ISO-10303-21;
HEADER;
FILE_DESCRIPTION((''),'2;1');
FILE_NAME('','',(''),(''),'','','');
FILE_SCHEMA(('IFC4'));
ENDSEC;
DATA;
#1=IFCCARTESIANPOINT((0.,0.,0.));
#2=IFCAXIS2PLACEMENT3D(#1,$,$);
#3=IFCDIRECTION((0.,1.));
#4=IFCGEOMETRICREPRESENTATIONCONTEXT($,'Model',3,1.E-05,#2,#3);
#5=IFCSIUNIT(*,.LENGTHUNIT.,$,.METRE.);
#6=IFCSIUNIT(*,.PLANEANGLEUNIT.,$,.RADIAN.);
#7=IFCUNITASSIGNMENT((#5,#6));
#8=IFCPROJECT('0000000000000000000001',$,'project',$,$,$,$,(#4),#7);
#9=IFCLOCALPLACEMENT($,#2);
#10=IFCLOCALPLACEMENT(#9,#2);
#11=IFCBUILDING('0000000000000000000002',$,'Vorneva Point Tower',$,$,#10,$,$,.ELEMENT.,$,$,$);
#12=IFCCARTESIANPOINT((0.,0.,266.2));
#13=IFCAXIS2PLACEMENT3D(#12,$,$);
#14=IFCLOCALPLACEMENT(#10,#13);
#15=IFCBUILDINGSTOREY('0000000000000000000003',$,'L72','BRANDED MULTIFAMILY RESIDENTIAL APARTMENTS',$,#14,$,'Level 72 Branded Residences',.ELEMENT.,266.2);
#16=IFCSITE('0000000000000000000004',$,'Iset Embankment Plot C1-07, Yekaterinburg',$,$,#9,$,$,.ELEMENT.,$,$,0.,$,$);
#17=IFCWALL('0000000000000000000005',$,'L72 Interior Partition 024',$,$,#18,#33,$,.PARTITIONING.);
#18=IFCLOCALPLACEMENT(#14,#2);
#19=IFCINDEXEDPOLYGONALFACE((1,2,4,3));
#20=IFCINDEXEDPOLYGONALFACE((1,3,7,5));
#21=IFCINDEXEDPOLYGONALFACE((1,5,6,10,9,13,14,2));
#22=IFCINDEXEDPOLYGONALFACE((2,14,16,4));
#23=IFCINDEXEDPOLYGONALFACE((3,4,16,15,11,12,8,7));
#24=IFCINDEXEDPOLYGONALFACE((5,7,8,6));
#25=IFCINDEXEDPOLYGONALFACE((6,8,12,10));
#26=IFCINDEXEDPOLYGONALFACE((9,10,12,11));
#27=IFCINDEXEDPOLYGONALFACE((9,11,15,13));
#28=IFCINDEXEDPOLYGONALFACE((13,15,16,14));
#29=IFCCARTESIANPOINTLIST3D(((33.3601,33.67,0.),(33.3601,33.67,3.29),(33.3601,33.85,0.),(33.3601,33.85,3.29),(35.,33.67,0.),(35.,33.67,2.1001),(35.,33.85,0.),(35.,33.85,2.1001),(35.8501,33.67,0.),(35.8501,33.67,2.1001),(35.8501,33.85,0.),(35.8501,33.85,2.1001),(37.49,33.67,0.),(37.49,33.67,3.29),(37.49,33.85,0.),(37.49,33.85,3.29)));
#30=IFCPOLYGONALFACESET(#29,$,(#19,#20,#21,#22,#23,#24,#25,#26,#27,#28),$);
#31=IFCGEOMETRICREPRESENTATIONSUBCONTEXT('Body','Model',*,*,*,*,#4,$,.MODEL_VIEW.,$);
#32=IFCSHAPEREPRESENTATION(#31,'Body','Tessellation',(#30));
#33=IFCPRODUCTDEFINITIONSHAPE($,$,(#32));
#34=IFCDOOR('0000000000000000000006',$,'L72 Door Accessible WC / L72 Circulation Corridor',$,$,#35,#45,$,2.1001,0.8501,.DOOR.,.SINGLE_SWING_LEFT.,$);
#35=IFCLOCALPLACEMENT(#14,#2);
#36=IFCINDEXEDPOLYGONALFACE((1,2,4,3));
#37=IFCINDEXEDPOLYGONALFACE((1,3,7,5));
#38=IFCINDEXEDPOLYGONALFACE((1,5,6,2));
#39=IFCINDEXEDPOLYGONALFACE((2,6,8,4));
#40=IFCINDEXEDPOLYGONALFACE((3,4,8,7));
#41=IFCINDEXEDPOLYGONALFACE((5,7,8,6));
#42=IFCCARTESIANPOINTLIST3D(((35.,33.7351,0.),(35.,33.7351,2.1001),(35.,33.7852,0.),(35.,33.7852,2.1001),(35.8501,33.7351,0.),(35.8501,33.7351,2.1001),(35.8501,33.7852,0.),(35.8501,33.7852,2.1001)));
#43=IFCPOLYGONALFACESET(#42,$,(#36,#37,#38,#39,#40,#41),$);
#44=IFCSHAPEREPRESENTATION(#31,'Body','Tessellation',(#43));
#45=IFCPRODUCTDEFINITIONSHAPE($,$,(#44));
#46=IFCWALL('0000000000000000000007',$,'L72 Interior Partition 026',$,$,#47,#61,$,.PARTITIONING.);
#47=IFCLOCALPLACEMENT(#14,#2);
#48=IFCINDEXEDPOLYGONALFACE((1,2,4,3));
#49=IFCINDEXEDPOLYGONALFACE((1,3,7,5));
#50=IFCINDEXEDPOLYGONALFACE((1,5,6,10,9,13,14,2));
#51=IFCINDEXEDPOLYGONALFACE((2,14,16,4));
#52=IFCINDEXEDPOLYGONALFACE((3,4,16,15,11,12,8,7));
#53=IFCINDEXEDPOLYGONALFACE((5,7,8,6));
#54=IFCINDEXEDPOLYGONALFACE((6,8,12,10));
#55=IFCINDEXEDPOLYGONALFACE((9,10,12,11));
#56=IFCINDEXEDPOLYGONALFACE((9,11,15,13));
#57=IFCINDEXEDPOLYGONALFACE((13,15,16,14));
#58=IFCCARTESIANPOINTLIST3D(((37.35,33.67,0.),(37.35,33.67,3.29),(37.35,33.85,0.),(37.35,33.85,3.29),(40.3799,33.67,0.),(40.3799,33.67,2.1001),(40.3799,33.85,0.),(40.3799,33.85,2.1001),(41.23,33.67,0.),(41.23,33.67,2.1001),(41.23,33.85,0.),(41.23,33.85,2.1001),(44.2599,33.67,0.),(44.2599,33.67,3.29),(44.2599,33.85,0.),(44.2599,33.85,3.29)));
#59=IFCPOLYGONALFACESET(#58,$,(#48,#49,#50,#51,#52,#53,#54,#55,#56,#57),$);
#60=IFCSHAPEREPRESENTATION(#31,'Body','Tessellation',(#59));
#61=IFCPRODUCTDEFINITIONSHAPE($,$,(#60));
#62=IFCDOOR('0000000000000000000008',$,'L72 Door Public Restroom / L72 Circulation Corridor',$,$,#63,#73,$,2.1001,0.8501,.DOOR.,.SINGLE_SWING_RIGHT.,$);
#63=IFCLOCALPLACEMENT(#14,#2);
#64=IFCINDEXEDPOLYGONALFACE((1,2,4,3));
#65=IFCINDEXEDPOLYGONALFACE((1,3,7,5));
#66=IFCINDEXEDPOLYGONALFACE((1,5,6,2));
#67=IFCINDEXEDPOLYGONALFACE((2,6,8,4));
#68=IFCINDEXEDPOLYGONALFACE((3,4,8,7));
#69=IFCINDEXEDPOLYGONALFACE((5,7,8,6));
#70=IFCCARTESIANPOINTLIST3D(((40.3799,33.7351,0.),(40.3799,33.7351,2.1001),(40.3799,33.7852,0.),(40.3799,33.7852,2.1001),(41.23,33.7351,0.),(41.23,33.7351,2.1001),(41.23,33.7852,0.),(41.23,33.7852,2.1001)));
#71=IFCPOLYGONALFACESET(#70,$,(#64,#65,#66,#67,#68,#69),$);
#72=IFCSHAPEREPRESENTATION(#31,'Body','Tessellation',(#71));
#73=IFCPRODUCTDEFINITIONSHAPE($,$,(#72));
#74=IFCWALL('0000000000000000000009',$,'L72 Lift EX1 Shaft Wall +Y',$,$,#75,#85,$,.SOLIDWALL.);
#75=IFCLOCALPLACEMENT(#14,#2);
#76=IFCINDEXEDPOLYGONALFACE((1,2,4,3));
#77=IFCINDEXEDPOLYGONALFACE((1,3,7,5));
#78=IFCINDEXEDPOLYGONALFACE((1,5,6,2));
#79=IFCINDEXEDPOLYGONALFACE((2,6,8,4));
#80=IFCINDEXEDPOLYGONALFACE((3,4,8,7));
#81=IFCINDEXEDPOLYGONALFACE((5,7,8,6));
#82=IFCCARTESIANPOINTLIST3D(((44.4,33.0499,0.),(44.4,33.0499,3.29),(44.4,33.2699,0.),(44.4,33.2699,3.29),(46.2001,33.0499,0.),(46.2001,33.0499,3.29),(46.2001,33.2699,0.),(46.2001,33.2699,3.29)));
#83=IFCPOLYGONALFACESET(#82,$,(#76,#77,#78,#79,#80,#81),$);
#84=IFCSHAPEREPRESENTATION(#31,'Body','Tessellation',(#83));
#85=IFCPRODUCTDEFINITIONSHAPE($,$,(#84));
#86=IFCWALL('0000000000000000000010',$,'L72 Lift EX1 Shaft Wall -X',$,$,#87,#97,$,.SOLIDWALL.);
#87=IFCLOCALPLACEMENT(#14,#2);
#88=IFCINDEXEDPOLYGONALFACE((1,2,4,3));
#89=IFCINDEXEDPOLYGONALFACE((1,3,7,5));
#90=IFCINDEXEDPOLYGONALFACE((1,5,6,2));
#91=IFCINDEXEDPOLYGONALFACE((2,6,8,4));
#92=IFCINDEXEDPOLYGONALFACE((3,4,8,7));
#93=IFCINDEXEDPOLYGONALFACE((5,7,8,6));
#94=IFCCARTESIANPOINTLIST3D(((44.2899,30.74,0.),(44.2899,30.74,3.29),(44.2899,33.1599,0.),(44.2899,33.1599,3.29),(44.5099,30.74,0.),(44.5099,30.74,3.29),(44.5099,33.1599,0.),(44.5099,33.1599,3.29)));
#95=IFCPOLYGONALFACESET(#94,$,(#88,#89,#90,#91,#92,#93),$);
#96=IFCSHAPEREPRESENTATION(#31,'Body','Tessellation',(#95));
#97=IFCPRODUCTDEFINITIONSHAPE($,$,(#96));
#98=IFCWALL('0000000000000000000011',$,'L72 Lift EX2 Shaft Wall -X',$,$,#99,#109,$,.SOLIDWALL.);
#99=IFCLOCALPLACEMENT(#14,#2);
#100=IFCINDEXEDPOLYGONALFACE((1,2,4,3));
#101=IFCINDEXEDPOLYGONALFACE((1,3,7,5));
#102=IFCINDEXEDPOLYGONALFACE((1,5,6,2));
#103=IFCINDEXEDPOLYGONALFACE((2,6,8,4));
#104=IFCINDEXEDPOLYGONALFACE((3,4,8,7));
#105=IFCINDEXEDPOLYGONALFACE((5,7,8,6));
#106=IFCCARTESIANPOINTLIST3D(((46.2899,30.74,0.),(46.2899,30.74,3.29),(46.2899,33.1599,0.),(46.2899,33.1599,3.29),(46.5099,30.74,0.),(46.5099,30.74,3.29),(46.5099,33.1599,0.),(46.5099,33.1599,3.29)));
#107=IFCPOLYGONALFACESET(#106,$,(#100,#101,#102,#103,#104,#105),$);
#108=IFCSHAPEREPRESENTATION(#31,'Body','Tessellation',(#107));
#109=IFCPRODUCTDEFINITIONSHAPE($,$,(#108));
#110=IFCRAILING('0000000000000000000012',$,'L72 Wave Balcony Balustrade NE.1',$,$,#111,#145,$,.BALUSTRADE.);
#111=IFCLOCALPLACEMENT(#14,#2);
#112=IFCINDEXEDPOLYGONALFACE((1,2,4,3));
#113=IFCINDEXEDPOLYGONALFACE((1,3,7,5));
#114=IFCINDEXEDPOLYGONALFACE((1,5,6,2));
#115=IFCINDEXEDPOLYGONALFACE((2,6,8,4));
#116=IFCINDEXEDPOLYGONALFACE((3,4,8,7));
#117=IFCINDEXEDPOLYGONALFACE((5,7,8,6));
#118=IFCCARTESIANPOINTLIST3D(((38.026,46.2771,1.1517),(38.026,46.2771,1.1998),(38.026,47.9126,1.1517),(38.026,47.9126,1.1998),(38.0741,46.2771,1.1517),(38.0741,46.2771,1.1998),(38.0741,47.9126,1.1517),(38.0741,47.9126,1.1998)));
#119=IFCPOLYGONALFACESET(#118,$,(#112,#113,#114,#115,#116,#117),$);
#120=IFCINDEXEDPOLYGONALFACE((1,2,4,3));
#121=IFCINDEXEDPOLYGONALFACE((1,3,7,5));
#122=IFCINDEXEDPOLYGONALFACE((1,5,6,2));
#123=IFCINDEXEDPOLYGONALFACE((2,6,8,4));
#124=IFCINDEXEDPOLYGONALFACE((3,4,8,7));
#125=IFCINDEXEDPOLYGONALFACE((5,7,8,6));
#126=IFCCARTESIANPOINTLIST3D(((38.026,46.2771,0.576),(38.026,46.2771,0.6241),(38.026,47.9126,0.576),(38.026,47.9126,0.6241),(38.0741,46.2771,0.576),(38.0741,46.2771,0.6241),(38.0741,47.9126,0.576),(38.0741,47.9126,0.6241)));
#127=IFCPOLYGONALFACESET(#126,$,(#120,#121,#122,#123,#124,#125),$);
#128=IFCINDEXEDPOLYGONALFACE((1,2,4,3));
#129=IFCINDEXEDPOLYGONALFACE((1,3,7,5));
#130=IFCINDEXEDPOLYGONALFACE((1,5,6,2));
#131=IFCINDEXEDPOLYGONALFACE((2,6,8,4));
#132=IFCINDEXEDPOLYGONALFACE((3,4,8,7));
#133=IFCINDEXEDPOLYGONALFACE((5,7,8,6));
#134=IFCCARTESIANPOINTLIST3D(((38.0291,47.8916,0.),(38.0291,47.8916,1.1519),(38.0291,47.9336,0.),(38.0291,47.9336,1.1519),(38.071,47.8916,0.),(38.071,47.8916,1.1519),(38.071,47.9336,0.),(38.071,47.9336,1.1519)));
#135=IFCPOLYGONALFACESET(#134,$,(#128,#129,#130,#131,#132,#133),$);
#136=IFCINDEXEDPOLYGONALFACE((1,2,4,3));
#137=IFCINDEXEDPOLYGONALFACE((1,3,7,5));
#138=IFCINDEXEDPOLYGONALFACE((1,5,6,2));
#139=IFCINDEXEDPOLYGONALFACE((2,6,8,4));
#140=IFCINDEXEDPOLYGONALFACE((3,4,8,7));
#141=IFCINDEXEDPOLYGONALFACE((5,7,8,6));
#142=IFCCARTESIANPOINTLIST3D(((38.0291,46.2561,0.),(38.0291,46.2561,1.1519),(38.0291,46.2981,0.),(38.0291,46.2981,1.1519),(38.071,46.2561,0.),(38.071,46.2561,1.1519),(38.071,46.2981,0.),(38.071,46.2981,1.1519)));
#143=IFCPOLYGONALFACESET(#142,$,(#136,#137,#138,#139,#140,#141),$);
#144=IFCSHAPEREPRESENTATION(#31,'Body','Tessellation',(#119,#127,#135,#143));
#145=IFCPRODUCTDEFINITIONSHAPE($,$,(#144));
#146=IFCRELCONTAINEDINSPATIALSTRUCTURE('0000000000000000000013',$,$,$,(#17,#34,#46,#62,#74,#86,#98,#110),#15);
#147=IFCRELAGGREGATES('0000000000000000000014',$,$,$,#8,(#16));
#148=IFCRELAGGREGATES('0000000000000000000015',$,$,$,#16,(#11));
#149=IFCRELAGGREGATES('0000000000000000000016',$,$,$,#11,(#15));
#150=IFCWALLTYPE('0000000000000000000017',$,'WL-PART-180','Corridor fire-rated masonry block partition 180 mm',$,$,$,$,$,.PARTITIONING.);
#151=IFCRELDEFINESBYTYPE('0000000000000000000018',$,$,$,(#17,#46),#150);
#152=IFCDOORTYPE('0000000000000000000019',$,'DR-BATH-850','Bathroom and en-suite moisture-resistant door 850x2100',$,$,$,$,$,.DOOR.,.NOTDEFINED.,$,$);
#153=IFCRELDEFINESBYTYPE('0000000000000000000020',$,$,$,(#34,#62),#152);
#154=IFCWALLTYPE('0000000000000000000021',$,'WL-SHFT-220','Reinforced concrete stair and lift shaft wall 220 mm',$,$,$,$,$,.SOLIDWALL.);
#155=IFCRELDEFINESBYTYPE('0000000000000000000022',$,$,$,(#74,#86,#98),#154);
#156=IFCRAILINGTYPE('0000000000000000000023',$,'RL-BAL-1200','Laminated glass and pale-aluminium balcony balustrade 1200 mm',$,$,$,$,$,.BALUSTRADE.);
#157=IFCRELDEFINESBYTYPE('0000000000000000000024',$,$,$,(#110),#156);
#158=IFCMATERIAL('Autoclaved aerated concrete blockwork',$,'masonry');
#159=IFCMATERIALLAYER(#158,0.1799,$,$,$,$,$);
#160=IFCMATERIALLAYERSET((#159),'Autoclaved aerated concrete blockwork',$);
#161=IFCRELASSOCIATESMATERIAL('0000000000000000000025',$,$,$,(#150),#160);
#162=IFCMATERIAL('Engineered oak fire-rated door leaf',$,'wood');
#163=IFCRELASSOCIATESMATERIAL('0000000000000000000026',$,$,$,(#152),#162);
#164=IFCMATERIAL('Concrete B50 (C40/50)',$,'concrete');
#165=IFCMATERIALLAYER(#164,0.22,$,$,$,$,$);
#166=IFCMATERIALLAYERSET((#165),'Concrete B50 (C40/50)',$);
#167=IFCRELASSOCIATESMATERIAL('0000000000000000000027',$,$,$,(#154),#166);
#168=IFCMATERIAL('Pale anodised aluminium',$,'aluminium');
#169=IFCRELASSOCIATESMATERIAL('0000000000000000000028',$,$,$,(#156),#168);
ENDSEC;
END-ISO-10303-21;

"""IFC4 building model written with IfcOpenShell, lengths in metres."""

from ifc_helpers import new_model, si_unit, direction, frame, frame_2d, origin, origin_2d, place, context, subcontext, project, spatial, rectangle, extrude, material, layer, layer_set, type_object, element, fill, save


model = new_model("IFC4")

# Units and contexts
model_context = context("Model", 3, precision=1e-05, world=origin(), true_north=direction((0.0, 1.0)))
body_context = subcontext(model_context, "Body", "Model", "MODEL_VIEW")
ifc_project = project(units=[si_unit("LENGTHUNIT", "METRE"), si_unit("PLANEANGLEUNIT", "RADIAN")], contexts=[model_context])

# Site, building, storey
site_placement = place(None, origin())
site = spatial("IfcSite", under=ifc_project, at=site_placement, Name="Iset Embankment Plot C1-07, Yekaterinburg", CompositionType="ELEMENT", RefElevation=0.0)
building_placement = place(site_placement, origin())
building = spatial("IfcBuilding", under=site, at=building_placement, Name="Vorneva Point Tower", CompositionType="ELEMENT")
storey_placement = place(building_placement, frame((0.0, 0.0, 266.2)))
storey = spatial("IfcBuildingStorey", under=building, at=storey_placement, Name="L72", Description="BRANDED MULTIFAMILY RESIDENTIAL APARTMENTS", LongName="Level 72 Branded Residences", CompositionType="ELEMENT", Elevation=266.2)

# Shared definitions
ifc_material_1 = material(Name="Concrete B50 (C40/50)", Category="concrete")

# Shared definitions
ifc_material_2 = material(Name="Pale anodised aluminium", Category="aluminium")

# Walls, openings, doors
ifc_material_3 = material(Name="Autoclaved aerated concrete blockwork", Category="masonry")
ifc_layer_1 = layer(ifc_material_3, 0.1799)
ifc_layer_set_1 = layer_set([ifc_layer_1], Name="Autoclaved aerated concrete blockwork")
wall_type_1 = type_object("IfcWallType", Name="WL-PART-180", Description="Corridor fire-rated masonry block partition 180 mm", PredefinedType="PARTITIONING", material=ifc_layer_set_1)
wall_1_placement = place(storey_placement, frame((37.49, 33.76, 0.0), z_axis=(0.0, 0.0, 1.0), x_axis=(-1.0, 0.0, 0.0)))
wall_1 = element("IfcWall", 1, at=wall_1_placement, inside=storey, type_object=wall_type_1, Name="L72 Interior Partition 024", PredefinedType="PARTITIONING", context=body_context, shape_type="SweptSolid", body=[
    extrude(rectangle(XDim=4.1299, YDim=0.1799, at=frame_2d((2.0649, 0.0))), origin(), (0.0, 0.0, 1.0), 3.29),
])
opening_1_placement = place(wall_1_placement, frame((1.6399, 0.0, 0.0)))
opening_1 = element("IfcOpeningElement", 2, at=opening_1_placement, cuts=wall_1, PredefinedType="OPENING", context=body_context, shape_type="SweptSolid", body=[
    extrude(rectangle(XDim=0.8501, YDim=2.1001, at=frame_2d((0.425, 1.05))), frame((0.0, 0.105, 0.0), z_axis=(0.0, -1.0, 0.0), x_axis=(1.0, 0.0, 0.0)), (0.0, 0.0, 1.0), 0.2097),
])
ifc_material_4 = material(Name="Engineered oak fire-rated door leaf", Category="wood")
door_type = type_object("IfcDoorType", Name="DR-BATH-850", Description="Bathroom and en-suite moisture-resistant door 850x2100", OperationType="NOTDEFINED", PredefinedType="DOOR", material=ifc_material_4)
door_1_placement = place(opening_1_placement, origin())
door_1 = element("IfcDoor", 3, at=door_1_placement, inside=storey, type_object=door_type, Name="L72 Door Accessible WC / L72 Circulation Corridor", OperationType="SINGLE_SWING_LEFT", OverallHeight=2.1001, OverallWidth=0.8501, PredefinedType="DOOR", context=body_context, shape_type="SweptSolid", body=[
    extrude(rectangle(XDim=0.8501, YDim=2.1001, at=frame_2d((0.425, 1.05))), frame((0.0, 0.0249, 0.0), z_axis=(0.0, -1.0, 0.0), x_axis=(1.0, 0.0, 0.0)), (0.0, 0.0, 1.0), 0.05),
])
fill(opening_1, door_1)
wall_2_placement = place(storey_placement, frame((44.26, 33.76, 0.0), z_axis=(0.0, 0.0, 1.0), x_axis=(-1.0, 0.0, 0.0)))
wall_2 = element("IfcWall", 4, at=wall_2_placement, inside=storey, type_object=wall_type_1, Name="L72 Interior Partition 026", PredefinedType="PARTITIONING", context=body_context, shape_type="SweptSolid", body=[
    extrude(rectangle(XDim=6.9099, YDim=0.1799, at=frame_2d((3.4551, 0.0))), origin(), (0.0, 0.0, 1.0), 3.29),
])
opening_2_placement = place(wall_2_placement, frame((3.03, 0.0, 0.0)))
opening_2 = element("IfcOpeningElement", 5, at=opening_2_placement, cuts=wall_2, PredefinedType="OPENING", context=body_context, shape_type="SweptSolid", body=[
    extrude(rectangle(XDim=0.8501, YDim=2.1001, at=frame_2d((0.425, 1.05))), frame((0.0, 0.105, 0.0), z_axis=(0.0, -1.0, 0.0), x_axis=(1.0, 0.0, 0.0)), (0.0, 0.0, 1.0), 0.2097),
])
door_2_placement = place(opening_2_placement, origin())
door_2 = element("IfcDoor", 6, at=door_2_placement, inside=storey, type_object=door_type, Name="L72 Door Public Restroom / L72 Circulation Corridor", OperationType="SINGLE_SWING_RIGHT", OverallHeight=2.1001, OverallWidth=0.8501, PredefinedType="DOOR", context=body_context, shape_type="SweptSolid", body=[
    extrude(rectangle(XDim=0.8501, YDim=2.1001, at=frame_2d((0.425, 1.05))), frame((0.0, 0.0249, 0.0), z_axis=(0.0, -1.0, 0.0), x_axis=(1.0, 0.0, 0.0)), (0.0, 0.0, 1.0), 0.05),
])
fill(opening_2, door_2)

# Walls
ifc_layer_2 = layer(ifc_material_1, 0.22)
ifc_layer_set_2 = layer_set([ifc_layer_2], Name="Concrete B50 (C40/50)")
wall_type_2 = type_object("IfcWallType", Name="WL-SHFT-220", Description="Reinforced concrete stair and lift shaft wall 220 mm", PredefinedType="SOLIDWALL", material=ifc_layer_set_2)
wall_3_placement = place(storey_placement, frame((46.2, 33.1599, 0.0), z_axis=(0.0, 0.0, 1.0), x_axis=(-1.0, 0.0, 0.0)))
element("IfcWall", 7, at=wall_3_placement, inside=storey, type_object=wall_type_2, Name="L72 Lift EX1 Shaft Wall +Y", PredefinedType="SOLIDWALL", context=body_context, shape_type="SweptSolid", body=[
    extrude(rectangle(XDim=1.8, YDim=0.22, at=frame_2d((0.8999, 0.0))), origin(), (0.0, 0.0, 1.0), 3.29),
])
for number, where, z_axis, x_axis, name in (
    (8, (44.3999, 33.1599, 0.0), (0.0, 0.0, 1.0), (0.0, -1.0, 0.0), "L72 Lift EX1 Shaft Wall -X"),
    (9, (46.3999, 33.1599, 0.0), (0.0, 0.0, 1.0), (0.0, -1.0, 0.0), "L72 Lift EX2 Shaft Wall -X"),
):
    element("IfcWall", number, at=place(storey_placement, frame(where, z_axis=z_axis, x_axis=x_axis)), inside=storey, type_object=wall_type_2, Name=name, PredefinedType="SOLIDWALL", context=body_context, shape_type="SweptSolid", body=[
        extrude(rectangle(XDim=2.4199, YDim=0.22, at=frame_2d((1.21, 0.0))), origin(), (0.0, 0.0, 1.0), 3.29),
    ])

# Railing
railing_type = type_object("IfcRailingType", Name="RL-BAL-1200", Description="Laminated glass and pale-aluminium balcony balustrade 1200 mm", PredefinedType="BALUSTRADE", material=ifc_material_2)
railing_placement = place(storey_placement, frame((38.05, 47.9126, 0.0)))
element("IfcRailing", 10, at=railing_placement, inside=storey, type_object=railing_type, Name="L72 Wave Balcony Balustrade NE.1", PredefinedType="BALUSTRADE", context=body_context, shape_type="SweptSolid", body=[
    extrude(rectangle(XDim=0.0481, YDim=0.0481, at=origin_2d()), frame((0.0, 0.0, 1.1758), z_axis=(0.0, -1.0, 0.0), x_axis=(1.0, 0.0, 0.0)), (0.0, 0.0, 1.0), 1.6355),
    extrude(rectangle(XDim=0.0481, YDim=0.0481, at=origin_2d()), frame((0.0, 0.0, 0.6001), z_axis=(0.0, -1.0, 0.0), x_axis=(1.0, 0.0, 0.0)), (0.0, 0.0, 1.0), 1.6355),
    extrude(rectangle(XDim=0.042, YDim=0.042, at=origin_2d()), origin(), (0.0, 0.0, 1.0), 1.1519),
    extrude(rectangle(XDim=0.042, YDim=0.042, at=origin_2d()), frame((0.0, -1.6355, 0.0)), (0.0, 0.0, 1.0), 1.1519),
])

save(model, "model.ifc")
